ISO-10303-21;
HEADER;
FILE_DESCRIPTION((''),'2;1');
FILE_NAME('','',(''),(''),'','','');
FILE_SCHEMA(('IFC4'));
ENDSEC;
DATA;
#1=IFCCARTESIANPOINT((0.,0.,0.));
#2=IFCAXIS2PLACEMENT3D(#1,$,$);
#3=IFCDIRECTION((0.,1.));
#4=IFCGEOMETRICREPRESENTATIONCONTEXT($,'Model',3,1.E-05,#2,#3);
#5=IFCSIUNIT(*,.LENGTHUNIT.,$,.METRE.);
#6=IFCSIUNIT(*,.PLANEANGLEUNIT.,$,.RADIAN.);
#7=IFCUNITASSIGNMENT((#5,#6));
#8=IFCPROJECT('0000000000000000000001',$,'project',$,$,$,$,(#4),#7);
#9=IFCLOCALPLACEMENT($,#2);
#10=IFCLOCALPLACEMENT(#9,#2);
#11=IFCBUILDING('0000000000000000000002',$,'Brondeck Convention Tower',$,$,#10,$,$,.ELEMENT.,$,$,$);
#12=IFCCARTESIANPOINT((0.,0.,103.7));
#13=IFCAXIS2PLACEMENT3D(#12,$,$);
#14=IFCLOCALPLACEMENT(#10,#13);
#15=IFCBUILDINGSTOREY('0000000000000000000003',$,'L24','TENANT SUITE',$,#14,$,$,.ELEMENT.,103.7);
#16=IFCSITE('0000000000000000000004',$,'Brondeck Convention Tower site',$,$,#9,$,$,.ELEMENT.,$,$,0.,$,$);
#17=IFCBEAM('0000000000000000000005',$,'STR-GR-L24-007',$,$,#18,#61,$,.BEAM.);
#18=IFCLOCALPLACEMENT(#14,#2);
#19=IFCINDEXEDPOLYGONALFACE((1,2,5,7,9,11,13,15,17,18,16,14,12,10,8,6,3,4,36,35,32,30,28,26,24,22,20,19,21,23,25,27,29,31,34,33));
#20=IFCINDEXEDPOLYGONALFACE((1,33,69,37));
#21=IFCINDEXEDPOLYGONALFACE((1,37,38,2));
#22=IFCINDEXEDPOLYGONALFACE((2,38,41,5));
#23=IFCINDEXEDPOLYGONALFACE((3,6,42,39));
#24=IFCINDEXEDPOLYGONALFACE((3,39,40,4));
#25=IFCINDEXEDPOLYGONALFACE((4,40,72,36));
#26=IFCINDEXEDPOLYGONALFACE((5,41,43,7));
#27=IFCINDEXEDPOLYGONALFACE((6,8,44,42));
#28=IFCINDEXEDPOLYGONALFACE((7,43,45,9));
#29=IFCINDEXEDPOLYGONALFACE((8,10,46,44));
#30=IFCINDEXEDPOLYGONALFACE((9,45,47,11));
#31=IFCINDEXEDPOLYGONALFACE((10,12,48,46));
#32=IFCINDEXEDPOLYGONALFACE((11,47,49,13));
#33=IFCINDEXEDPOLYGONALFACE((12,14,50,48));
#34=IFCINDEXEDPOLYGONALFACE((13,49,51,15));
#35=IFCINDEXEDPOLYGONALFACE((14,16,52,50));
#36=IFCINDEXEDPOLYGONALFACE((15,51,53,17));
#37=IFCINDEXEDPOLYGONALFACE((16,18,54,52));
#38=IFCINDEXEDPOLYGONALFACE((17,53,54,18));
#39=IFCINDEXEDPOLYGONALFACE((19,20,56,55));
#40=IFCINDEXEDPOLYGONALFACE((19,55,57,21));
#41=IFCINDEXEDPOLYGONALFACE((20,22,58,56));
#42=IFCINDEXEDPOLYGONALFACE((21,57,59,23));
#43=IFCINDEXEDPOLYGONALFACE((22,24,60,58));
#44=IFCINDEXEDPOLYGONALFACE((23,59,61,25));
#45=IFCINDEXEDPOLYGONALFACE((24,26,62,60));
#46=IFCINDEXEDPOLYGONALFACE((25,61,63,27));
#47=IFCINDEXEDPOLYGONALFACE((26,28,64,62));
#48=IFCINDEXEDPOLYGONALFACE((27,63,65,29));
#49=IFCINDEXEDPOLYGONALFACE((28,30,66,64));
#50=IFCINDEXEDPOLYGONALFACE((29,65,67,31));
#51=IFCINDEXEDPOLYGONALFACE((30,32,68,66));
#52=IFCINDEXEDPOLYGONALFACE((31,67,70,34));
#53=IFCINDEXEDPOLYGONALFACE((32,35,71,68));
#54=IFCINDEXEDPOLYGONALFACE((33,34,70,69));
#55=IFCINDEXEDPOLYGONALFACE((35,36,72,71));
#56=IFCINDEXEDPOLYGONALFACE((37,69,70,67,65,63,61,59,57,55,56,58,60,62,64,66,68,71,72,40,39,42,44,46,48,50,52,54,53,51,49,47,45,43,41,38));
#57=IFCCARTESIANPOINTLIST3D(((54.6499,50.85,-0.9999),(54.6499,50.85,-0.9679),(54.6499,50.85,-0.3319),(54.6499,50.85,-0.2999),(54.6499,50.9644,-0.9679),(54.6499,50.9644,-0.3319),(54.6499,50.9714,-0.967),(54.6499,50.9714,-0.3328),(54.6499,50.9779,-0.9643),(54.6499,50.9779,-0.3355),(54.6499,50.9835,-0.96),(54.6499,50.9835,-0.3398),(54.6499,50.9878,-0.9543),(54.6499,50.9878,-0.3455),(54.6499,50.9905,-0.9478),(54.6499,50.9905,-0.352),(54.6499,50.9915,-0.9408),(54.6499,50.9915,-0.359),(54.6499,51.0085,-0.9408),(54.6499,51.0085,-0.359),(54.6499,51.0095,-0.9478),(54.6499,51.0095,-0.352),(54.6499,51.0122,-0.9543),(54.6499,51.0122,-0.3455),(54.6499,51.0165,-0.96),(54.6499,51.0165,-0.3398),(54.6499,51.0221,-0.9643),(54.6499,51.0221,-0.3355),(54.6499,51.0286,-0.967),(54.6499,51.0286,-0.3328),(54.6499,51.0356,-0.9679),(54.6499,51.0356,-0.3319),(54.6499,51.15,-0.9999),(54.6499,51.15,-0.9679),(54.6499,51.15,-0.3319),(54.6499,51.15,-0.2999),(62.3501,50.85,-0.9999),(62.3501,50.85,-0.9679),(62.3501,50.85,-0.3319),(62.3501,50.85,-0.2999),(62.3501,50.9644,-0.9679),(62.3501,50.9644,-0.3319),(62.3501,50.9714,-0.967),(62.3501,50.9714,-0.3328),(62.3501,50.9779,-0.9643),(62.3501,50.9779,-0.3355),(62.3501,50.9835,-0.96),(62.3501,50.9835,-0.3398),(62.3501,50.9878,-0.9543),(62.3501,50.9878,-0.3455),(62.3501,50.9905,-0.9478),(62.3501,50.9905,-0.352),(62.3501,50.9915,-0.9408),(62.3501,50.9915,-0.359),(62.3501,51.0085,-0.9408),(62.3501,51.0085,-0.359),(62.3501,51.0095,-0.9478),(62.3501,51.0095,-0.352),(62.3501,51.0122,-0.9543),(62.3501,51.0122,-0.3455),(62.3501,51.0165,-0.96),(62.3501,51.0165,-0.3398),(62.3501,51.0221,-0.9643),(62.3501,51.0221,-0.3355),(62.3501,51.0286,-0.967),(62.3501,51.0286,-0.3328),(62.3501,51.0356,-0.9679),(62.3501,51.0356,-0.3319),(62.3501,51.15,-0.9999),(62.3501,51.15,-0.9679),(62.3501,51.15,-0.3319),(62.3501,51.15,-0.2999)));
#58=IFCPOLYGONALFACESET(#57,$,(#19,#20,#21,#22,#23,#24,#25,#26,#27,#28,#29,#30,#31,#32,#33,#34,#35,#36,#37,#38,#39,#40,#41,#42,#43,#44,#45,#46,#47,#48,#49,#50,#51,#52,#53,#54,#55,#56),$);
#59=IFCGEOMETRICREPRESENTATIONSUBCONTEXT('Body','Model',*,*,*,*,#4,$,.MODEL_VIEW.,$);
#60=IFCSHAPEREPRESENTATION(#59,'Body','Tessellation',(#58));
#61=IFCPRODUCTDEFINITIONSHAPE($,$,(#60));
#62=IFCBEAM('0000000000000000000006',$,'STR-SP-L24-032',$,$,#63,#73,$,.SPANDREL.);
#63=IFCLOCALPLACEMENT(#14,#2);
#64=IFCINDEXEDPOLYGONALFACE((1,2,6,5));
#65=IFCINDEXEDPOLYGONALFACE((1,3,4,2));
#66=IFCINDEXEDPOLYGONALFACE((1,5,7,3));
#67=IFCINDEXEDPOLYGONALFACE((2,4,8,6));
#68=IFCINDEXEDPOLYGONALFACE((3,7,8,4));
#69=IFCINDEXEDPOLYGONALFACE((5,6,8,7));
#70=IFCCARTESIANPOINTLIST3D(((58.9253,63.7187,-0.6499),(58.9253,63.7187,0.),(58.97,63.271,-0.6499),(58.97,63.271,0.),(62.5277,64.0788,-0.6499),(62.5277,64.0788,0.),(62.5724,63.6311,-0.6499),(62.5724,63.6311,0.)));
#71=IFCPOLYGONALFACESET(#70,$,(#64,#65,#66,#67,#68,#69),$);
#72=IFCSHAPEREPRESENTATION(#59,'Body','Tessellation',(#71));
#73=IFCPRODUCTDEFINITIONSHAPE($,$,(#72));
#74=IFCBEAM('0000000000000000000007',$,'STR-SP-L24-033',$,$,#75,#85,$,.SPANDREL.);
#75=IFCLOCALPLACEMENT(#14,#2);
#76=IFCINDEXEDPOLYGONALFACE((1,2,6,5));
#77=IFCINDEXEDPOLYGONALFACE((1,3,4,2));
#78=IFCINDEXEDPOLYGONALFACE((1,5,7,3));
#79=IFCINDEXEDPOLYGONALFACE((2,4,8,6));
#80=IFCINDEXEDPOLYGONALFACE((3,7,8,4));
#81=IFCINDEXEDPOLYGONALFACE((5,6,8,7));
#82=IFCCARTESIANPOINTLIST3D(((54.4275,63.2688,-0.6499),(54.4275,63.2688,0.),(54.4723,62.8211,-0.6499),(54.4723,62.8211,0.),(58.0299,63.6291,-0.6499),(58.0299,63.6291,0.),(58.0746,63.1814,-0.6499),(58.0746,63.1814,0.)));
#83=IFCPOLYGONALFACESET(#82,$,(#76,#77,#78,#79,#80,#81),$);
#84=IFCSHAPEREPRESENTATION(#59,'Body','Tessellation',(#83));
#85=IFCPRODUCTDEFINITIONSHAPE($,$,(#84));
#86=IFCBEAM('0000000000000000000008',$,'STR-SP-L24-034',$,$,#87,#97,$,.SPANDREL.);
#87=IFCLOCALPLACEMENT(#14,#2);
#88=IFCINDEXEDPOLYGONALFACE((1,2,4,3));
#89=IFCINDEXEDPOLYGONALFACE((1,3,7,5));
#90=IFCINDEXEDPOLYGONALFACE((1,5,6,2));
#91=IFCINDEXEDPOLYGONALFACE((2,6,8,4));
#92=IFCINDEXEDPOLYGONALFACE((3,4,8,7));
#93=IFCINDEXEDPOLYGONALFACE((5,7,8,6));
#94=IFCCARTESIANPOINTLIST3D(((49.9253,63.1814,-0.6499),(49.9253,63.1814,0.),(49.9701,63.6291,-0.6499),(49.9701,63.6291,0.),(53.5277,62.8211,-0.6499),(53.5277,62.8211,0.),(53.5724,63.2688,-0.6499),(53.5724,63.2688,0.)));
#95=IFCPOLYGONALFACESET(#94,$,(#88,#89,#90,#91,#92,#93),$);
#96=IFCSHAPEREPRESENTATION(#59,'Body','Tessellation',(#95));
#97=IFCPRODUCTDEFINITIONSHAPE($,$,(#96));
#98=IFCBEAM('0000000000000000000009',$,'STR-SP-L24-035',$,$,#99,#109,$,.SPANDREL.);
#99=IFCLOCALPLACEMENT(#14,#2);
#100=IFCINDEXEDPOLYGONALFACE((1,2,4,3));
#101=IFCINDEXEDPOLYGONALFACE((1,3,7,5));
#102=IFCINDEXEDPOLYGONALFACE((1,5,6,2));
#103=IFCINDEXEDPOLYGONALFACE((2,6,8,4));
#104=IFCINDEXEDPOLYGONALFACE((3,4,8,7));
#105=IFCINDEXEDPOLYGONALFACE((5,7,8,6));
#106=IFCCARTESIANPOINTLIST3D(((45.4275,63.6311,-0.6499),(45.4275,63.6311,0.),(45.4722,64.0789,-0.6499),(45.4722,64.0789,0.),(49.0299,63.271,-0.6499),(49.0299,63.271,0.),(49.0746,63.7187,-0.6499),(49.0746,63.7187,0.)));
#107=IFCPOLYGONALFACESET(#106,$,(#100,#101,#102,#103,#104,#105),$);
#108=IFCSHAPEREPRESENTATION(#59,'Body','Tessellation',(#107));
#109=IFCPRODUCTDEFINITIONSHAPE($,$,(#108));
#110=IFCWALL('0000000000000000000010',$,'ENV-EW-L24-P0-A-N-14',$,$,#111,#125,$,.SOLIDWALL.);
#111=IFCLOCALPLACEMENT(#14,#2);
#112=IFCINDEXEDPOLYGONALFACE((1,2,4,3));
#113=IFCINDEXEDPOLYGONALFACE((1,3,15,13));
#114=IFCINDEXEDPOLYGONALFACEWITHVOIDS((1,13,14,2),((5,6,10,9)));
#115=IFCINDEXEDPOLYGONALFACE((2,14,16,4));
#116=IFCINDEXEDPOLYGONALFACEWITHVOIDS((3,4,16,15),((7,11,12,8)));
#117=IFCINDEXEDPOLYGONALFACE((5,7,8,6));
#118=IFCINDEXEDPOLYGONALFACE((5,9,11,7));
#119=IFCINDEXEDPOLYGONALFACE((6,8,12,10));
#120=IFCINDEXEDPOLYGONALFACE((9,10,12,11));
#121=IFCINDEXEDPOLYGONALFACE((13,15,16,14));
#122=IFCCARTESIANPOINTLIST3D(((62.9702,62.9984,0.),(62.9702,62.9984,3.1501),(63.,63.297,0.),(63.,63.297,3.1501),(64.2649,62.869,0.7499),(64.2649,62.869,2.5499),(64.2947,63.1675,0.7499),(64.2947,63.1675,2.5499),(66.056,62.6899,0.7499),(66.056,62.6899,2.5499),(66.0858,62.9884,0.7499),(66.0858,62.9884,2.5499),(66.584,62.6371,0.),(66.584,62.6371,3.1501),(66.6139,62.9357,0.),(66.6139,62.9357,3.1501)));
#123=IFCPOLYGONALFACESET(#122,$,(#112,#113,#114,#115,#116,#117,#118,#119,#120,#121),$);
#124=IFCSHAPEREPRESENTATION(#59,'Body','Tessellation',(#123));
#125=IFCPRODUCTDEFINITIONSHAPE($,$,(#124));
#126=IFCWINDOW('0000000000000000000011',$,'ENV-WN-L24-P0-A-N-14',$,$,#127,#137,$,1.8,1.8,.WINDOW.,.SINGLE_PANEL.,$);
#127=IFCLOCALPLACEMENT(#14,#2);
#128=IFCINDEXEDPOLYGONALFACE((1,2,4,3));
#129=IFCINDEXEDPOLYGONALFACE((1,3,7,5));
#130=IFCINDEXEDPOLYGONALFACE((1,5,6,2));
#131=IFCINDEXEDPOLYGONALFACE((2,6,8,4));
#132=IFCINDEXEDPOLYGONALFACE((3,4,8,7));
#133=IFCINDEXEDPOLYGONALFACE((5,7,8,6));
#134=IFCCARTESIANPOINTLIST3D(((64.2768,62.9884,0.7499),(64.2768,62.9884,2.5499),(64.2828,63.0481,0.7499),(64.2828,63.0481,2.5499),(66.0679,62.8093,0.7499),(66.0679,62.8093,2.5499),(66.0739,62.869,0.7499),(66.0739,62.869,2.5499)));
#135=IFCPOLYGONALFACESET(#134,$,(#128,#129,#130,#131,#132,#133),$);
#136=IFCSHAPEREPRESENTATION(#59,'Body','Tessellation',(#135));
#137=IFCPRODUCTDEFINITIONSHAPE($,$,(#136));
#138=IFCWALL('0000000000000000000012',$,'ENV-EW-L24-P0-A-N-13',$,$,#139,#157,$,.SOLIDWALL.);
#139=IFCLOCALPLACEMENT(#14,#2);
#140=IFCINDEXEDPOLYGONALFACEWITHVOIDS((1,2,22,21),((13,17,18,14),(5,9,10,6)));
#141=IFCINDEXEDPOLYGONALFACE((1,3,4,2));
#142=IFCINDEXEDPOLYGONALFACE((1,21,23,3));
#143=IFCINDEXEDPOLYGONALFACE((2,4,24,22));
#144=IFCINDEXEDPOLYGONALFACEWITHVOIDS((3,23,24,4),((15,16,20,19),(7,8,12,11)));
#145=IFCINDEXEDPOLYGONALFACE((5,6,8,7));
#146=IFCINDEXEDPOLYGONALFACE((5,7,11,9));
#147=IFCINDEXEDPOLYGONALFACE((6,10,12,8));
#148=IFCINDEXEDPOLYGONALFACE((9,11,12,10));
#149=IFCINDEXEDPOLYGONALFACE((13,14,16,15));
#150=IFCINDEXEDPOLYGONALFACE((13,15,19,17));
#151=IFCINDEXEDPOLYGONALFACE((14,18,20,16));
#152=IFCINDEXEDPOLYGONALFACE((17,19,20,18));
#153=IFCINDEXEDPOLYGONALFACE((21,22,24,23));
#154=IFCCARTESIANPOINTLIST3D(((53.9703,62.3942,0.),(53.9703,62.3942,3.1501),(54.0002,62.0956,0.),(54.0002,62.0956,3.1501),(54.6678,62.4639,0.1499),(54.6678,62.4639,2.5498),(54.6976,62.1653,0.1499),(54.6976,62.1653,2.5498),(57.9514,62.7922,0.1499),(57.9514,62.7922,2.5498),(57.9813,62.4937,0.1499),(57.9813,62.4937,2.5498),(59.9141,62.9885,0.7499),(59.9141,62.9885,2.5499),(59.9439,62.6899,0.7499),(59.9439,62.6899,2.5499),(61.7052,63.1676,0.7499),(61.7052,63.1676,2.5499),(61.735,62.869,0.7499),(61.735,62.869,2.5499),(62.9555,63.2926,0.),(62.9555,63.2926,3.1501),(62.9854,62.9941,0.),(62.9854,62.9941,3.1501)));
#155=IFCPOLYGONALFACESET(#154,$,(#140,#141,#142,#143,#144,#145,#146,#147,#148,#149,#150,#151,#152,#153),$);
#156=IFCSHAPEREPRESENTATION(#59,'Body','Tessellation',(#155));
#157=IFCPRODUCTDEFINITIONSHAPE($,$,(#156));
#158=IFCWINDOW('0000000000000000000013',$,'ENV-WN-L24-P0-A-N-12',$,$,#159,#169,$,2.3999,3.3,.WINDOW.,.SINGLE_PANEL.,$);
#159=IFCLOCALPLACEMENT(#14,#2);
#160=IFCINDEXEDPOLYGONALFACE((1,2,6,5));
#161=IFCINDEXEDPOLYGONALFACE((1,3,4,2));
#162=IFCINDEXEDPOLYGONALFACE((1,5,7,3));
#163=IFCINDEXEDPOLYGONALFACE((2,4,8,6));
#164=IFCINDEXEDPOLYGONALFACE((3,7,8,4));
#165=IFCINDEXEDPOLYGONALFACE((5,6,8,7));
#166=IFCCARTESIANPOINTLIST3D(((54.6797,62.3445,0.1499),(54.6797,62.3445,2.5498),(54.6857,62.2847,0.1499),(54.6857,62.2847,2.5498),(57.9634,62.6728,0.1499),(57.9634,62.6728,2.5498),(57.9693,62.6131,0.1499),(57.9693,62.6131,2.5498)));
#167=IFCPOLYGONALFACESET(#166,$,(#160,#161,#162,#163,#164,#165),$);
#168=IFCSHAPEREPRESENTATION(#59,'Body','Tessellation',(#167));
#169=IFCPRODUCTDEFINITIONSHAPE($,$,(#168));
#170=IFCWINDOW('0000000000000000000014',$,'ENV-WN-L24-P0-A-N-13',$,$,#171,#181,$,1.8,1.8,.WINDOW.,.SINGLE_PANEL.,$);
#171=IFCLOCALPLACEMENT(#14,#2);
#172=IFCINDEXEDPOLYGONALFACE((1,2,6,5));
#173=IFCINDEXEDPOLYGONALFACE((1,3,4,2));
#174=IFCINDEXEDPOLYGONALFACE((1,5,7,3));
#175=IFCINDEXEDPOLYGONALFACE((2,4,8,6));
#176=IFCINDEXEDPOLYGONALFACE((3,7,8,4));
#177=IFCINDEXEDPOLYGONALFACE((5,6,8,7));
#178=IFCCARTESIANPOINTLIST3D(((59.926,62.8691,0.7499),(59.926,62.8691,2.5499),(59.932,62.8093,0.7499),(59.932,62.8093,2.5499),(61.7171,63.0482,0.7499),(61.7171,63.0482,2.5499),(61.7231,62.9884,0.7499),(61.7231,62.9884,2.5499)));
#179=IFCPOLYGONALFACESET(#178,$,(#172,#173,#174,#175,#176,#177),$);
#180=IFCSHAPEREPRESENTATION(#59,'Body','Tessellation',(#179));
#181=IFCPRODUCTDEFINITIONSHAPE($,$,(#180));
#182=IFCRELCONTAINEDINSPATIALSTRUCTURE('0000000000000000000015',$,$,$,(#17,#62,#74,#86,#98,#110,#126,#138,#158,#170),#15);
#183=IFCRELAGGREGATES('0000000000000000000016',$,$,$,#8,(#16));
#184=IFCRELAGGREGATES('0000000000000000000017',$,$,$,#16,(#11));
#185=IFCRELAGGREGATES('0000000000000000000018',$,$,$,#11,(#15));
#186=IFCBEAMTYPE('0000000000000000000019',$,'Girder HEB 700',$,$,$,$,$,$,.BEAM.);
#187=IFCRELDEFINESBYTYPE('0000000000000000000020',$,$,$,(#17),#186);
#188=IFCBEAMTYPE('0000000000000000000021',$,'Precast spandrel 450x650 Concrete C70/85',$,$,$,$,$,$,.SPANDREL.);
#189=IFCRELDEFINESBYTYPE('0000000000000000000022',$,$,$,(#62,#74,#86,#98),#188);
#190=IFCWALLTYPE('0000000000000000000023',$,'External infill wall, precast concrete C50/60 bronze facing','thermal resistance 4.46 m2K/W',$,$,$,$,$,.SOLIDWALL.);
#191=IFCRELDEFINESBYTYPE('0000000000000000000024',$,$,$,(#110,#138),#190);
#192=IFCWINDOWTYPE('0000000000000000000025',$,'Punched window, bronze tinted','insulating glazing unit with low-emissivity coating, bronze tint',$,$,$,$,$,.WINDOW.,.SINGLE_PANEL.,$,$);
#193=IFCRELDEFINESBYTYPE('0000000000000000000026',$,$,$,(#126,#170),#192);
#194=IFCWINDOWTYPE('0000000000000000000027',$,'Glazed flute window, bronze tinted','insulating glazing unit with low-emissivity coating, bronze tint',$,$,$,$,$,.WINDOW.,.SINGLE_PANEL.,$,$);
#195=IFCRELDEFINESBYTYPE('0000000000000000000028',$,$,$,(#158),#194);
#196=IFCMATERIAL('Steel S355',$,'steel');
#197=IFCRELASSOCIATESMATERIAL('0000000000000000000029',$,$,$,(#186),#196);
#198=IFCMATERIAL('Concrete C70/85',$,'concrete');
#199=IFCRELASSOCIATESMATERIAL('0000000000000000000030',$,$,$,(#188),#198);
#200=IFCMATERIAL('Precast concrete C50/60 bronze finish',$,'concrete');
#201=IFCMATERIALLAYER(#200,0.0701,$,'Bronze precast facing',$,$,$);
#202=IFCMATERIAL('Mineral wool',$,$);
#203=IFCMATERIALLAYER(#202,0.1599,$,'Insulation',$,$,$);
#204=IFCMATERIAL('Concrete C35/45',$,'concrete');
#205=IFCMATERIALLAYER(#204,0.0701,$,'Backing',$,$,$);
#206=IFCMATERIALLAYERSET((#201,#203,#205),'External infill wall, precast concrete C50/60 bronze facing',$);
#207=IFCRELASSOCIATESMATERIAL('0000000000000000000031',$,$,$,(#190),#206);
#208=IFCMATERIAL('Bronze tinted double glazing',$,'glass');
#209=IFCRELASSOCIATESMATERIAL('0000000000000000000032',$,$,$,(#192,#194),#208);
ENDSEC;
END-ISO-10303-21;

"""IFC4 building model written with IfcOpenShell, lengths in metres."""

from ifc_helpers import new_model, si_unit, direction, frame, frame_2d, origin, origin_2d, place, context, subcontext, project, spatial, rectangle, i_section, extrude, material, layer, layer_set, material_profile, profile_set, type_object, element, fill, save


model = new_model("IFC4")

# Units and contexts
model_context = context("Model", 3, precision=1e-05, world=origin(), true_north=direction((0.0, 1.0)))
body_context = subcontext(model_context, "Body", "Model", "MODEL_VIEW")
ifc_project = project(units=[si_unit("LENGTHUNIT", "METRE"), si_unit("PLANEANGLEUNIT", "RADIAN")], contexts=[model_context])

# Site, building, storey
site_placement = place(None, origin())
site = spatial("IfcSite", under=ifc_project, at=site_placement, Name="Brondeck Convention Tower site", CompositionType="ELEMENT", RefElevation=0.0)
building_placement = place(site_placement, origin())
building = spatial("IfcBuilding", under=site, at=building_placement, Name="Brondeck Convention Tower", CompositionType="ELEMENT")
storey_placement = place(building_placement, frame((0.0, 0.0, 103.7)))
storey = spatial("IfcBuildingStorey", under=building, at=storey_placement, Name="L24", Description="TENANT SUITE", CompositionType="ELEMENT", Elevation=103.7)

# Shared definitions
ifc_material_1 = material(Name="Concrete C70/85", Category="concrete")

# Beams
ifc_material_2 = material(Name="Steel S355", Category="steel")
ifc_material_profile_1 = material_profile(ifc_material_2, i_section(OverallWidth=0.3, OverallDepth=0.7, WebThickness=0.0171, FlangeThickness=0.032, FilletRadius=0.0271, at=origin_2d()), Name="HEB 700")
ifc_profile_set_1 = profile_set([ifc_material_profile_1], Name="Steel S355")
beam_type_1 = type_object("IfcBeamType", Name="Girder HEB 700", PredefinedType="BEAM", material=ifc_profile_set_1)
for number, where, z_axis, x_axis, name in (
    (1, (54.6499, 51.0, -0.6499), (1.0, 0.0, 0.0), (0.0, 1.0, 0.0), "STR-GR-L24-007"),
):
    element("IfcBeam", number, at=place(storey_placement, frame(where, z_axis=z_axis, x_axis=x_axis)), inside=storey, type_object=beam_type_1, Name=name, PredefinedType="BEAM", context=body_context, shape_type="SweptSolid", body=[
        extrude(i_section(OverallWidth=0.3, OverallDepth=0.7, WebThickness=0.0171, FlangeThickness=0.032, FilletRadius=0.0271, at=origin_2d()), origin(), (0.0, 0.0, 1.0), 7.7002),
    ])
ifc_material_profile_2 = material_profile(ifc_material_1, rectangle(XDim=0.45, YDim=0.6499, at=origin_2d()), Name="Precast spandrel 450x650 Concrete C70/85")
ifc_profile_set_2 = profile_set([ifc_material_profile_2], Name="Concrete C70/85")
beam_type_2 = type_object("IfcBeamType", Name="Precast spandrel 450x650 Concrete C70/85", PredefinedType="SPANDREL", material=ifc_profile_set_2)
for number, where, z_axis, x_axis, name in (
    (2, (62.55, 63.855, -0.325), (-0.995041, -0.09947, 0.0), (0.09947, -0.995041, 0.0), "STR-SP-L24-032"),
    (3, (58.0522, 63.4053, -0.325), (-0.995034, -0.099537, 0.0), (0.099537, -0.995034, 0.0), "STR-SP-L24-033"),
    (4, (53.55, 63.0449, -0.325), (-0.995034, 0.099537, 0.0), (-0.099537, -0.995034, 0.0), "STR-SP-L24-034"),
    (5, (49.0522, 63.4949, -0.325), (-0.995041, 0.09947, 0.0), (-0.09947, -0.995041, 0.0), "STR-SP-L24-035"),
):
    element("IfcBeam", number, at=place(storey_placement, frame(where, z_axis=z_axis, x_axis=x_axis)), inside=storey, type_object=beam_type_2, Name=name, PredefinedType="SPANDREL", context=body_context, shape_type="SweptSolid", body=[
        extrude(rectangle(XDim=0.45, YDim=0.6499, at=origin_2d()), origin(), (0.0, 0.0, 1.0), 3.6204),
    ])

# Wall, opening, window
ifc_material_3 = material(Name="Precast concrete C50/60 bronze finish", Category="concrete")
ifc_layer_1 = layer(ifc_material_3, 0.0701, Name="Bronze precast facing")
ifc_material_4 = material(Name="Mineral wool")
ifc_layer_2 = layer(ifc_material_4, 0.1599, Name="Insulation")
ifc_material_5 = material(Name="Concrete C35/45", Category="concrete")
ifc_layer_3 = layer(ifc_material_5, 0.0701, Name="Backing")
ifc_layer_set_1 = layer_set([ifc_layer_1, ifc_layer_2, ifc_layer_3], Name="External infill wall, precast concrete C50/60 bronze facing")
wall_type_1 = type_object("IfcWallType", Name="External infill wall, precast concrete C50/60 bronze facing", Description="thermal resistance 4.46 m2K/W", PredefinedType="SOLIDWALL", material=ifc_layer_set_1)
wall_1_placement = place(storey_placement, frame((62.9851, 63.1477, 0.0), z_axis=(0.0, 0.0, 1.0), x_axis=(0.995039, -0.09949, 0.0)))
wall_1 = element("IfcWall", 6, at=wall_1_placement, inside=storey, type_object=wall_type_1, Name="ENV-EW-L24-P0-A-N-14", PredefinedType="SOLIDWALL", context=body_context, shape_type="SweptSolid", body=[
    extrude(rectangle(XDim=3.6318, YDim=0.3, at=frame_2d((1.8159, 0.0))), origin(), (0.0, 0.0, 1.0), 3.1501),
])
opening_1_placement = place(wall_1_placement, frame((1.3013, 0.0, 0.75)))
opening_1 = element("IfcOpeningElement", 7, at=opening_1_placement, cuts=wall_1, PredefinedType="OPENING", context=body_context, shape_type="SweptSolid", body=[
    extrude(rectangle(XDim=1.8, YDim=1.8, at=frame_2d((0.8999, 0.8999))), frame((0.0, 0.1599, 0.0), z_axis=(0.0, -1.0, 0.0), x_axis=(1.0, 0.0, 0.0)), (0.0, 0.0, 1.0), 0.3201),
])
ifc_material_6 = material(Name="Bronze tinted double glazing", Category="glass")
window_type_1 = type_object("IfcWindowType", Name="Punched window, bronze tinted", Description="insulating glazing unit with low-emissivity coating, bronze tint", PartitioningType="SINGLE_PANEL", PredefinedType="WINDOW", material=ifc_material_6)
window_1_placement = place(opening_1_placement, origin())
window_1 = element("IfcWindow", 8, at=window_1_placement, inside=storey, type_object=window_type_1, Name="ENV-WN-L24-P0-A-N-14", OverallHeight=1.8, OverallWidth=1.8, PartitioningType="SINGLE_PANEL", PredefinedType="WINDOW", context=body_context, shape_type="SweptSolid", body=[
    extrude(rectangle(XDim=1.8, YDim=1.8, at=frame_2d((0.8999, 0.8999))), frame((0.0, 0.03, 0.0), z_axis=(0.0, -1.0, 0.0), x_axis=(1.0, 0.0, 0.0)), (0.0, 0.0, 1.0), 0.0601),
])
fill(opening_1, window_1)

# Wall, openings, windows
wall_2_placement = place(storey_placement, frame((53.9851, 62.2449, 0.0), z_axis=(0.0, 0.0, 1.0), x_axis=(0.995038, 0.099496, 0.0)))
wall_2 = element("IfcWall", 9, at=wall_2_placement, inside=storey, type_object=wall_type_1, Name="ENV-EW-L24-P0-A-N-13", PredefinedType="SOLIDWALL", context=body_context, shape_type="SweptSolid", body=[
    extrude(rectangle(XDim=9.03, YDim=0.3, at=frame_2d((4.5151, 0.0))), origin(), (0.0, 0.0, 1.0), 3.1501),
])
opening_2_placement = place(wall_2_placement, frame((0.7012, 0.0, 0.1499)))
opening_2 = element("IfcOpeningElement", 10, at=opening_2_placement, cuts=wall_2, PredefinedType="OPENING", context=body_context, shape_type="SweptSolid", body=[
    extrude(rectangle(XDim=3.3, YDim=2.3999, at=frame_2d((1.6499, 1.2))), frame((0.0, 0.1599, 0.0), z_axis=(0.0, -1.0, 0.0), x_axis=(1.0, 0.0, 0.0)), (0.0, 0.0, 1.0), 0.3201),
])
opening_3_placement = place(wall_2_placement, frame((5.9736, 0.0, 0.75)))
opening_3 = element("IfcOpeningElement", 11, at=opening_3_placement, cuts=wall_2, PredefinedType="OPENING", context=body_context, shape_type="SweptSolid", body=[
    extrude(rectangle(XDim=1.8, YDim=1.8, at=frame_2d((0.8999, 0.8999))), frame((0.0, 0.1599, 0.0), z_axis=(0.0, -1.0, 0.0), x_axis=(1.0, 0.0, 0.0)), (0.0, 0.0, 1.0), 0.3201),
])
window_type_2 = type_object("IfcWindowType", Name="Glazed flute window, bronze tinted", Description="insulating glazing unit with low-emissivity coating, bronze tint", PartitioningType="SINGLE_PANEL", PredefinedType="WINDOW", material=ifc_material_6)
window_2_placement = place(opening_2_placement, origin())
window_2 = element("IfcWindow", 12, at=window_2_placement, inside=storey, type_object=window_type_2, Name="ENV-WN-L24-P0-A-N-12", OverallHeight=2.3999, OverallWidth=3.3, PartitioningType="SINGLE_PANEL", PredefinedType="WINDOW", context=body_context, shape_type="SweptSolid", body=[
    extrude(rectangle(XDim=3.3, YDim=2.3999, at=frame_2d((1.6499, 1.2))), frame((0.0, 0.03, 0.0), z_axis=(0.0, -1.0, 0.0), x_axis=(1.0, 0.0, 0.0)), (0.0, 0.0, 1.0), 0.0601),
])
fill(opening_2, window_2)
window_3_placement = place(opening_3_placement, origin())
window_3 = element("IfcWindow", 13, at=window_3_placement, inside=storey, type_object=window_type_1, Name="ENV-WN-L24-P0-A-N-13", OverallHeight=1.8, OverallWidth=1.8, PartitioningType="SINGLE_PANEL", PredefinedType="WINDOW", context=body_context, shape_type="SweptSolid", body=[
    extrude(rectangle(XDim=1.8, YDim=1.8, at=frame_2d((0.8999, 0.8999))), frame((0.0, 0.03, 0.0), z_axis=(0.0, -1.0, 0.0), x_axis=(1.0, 0.0, 0.0)), (0.0, 0.0, 1.0), 0.0601),
])
fill(opening_3, window_3)

save(model, "model.ifc")
